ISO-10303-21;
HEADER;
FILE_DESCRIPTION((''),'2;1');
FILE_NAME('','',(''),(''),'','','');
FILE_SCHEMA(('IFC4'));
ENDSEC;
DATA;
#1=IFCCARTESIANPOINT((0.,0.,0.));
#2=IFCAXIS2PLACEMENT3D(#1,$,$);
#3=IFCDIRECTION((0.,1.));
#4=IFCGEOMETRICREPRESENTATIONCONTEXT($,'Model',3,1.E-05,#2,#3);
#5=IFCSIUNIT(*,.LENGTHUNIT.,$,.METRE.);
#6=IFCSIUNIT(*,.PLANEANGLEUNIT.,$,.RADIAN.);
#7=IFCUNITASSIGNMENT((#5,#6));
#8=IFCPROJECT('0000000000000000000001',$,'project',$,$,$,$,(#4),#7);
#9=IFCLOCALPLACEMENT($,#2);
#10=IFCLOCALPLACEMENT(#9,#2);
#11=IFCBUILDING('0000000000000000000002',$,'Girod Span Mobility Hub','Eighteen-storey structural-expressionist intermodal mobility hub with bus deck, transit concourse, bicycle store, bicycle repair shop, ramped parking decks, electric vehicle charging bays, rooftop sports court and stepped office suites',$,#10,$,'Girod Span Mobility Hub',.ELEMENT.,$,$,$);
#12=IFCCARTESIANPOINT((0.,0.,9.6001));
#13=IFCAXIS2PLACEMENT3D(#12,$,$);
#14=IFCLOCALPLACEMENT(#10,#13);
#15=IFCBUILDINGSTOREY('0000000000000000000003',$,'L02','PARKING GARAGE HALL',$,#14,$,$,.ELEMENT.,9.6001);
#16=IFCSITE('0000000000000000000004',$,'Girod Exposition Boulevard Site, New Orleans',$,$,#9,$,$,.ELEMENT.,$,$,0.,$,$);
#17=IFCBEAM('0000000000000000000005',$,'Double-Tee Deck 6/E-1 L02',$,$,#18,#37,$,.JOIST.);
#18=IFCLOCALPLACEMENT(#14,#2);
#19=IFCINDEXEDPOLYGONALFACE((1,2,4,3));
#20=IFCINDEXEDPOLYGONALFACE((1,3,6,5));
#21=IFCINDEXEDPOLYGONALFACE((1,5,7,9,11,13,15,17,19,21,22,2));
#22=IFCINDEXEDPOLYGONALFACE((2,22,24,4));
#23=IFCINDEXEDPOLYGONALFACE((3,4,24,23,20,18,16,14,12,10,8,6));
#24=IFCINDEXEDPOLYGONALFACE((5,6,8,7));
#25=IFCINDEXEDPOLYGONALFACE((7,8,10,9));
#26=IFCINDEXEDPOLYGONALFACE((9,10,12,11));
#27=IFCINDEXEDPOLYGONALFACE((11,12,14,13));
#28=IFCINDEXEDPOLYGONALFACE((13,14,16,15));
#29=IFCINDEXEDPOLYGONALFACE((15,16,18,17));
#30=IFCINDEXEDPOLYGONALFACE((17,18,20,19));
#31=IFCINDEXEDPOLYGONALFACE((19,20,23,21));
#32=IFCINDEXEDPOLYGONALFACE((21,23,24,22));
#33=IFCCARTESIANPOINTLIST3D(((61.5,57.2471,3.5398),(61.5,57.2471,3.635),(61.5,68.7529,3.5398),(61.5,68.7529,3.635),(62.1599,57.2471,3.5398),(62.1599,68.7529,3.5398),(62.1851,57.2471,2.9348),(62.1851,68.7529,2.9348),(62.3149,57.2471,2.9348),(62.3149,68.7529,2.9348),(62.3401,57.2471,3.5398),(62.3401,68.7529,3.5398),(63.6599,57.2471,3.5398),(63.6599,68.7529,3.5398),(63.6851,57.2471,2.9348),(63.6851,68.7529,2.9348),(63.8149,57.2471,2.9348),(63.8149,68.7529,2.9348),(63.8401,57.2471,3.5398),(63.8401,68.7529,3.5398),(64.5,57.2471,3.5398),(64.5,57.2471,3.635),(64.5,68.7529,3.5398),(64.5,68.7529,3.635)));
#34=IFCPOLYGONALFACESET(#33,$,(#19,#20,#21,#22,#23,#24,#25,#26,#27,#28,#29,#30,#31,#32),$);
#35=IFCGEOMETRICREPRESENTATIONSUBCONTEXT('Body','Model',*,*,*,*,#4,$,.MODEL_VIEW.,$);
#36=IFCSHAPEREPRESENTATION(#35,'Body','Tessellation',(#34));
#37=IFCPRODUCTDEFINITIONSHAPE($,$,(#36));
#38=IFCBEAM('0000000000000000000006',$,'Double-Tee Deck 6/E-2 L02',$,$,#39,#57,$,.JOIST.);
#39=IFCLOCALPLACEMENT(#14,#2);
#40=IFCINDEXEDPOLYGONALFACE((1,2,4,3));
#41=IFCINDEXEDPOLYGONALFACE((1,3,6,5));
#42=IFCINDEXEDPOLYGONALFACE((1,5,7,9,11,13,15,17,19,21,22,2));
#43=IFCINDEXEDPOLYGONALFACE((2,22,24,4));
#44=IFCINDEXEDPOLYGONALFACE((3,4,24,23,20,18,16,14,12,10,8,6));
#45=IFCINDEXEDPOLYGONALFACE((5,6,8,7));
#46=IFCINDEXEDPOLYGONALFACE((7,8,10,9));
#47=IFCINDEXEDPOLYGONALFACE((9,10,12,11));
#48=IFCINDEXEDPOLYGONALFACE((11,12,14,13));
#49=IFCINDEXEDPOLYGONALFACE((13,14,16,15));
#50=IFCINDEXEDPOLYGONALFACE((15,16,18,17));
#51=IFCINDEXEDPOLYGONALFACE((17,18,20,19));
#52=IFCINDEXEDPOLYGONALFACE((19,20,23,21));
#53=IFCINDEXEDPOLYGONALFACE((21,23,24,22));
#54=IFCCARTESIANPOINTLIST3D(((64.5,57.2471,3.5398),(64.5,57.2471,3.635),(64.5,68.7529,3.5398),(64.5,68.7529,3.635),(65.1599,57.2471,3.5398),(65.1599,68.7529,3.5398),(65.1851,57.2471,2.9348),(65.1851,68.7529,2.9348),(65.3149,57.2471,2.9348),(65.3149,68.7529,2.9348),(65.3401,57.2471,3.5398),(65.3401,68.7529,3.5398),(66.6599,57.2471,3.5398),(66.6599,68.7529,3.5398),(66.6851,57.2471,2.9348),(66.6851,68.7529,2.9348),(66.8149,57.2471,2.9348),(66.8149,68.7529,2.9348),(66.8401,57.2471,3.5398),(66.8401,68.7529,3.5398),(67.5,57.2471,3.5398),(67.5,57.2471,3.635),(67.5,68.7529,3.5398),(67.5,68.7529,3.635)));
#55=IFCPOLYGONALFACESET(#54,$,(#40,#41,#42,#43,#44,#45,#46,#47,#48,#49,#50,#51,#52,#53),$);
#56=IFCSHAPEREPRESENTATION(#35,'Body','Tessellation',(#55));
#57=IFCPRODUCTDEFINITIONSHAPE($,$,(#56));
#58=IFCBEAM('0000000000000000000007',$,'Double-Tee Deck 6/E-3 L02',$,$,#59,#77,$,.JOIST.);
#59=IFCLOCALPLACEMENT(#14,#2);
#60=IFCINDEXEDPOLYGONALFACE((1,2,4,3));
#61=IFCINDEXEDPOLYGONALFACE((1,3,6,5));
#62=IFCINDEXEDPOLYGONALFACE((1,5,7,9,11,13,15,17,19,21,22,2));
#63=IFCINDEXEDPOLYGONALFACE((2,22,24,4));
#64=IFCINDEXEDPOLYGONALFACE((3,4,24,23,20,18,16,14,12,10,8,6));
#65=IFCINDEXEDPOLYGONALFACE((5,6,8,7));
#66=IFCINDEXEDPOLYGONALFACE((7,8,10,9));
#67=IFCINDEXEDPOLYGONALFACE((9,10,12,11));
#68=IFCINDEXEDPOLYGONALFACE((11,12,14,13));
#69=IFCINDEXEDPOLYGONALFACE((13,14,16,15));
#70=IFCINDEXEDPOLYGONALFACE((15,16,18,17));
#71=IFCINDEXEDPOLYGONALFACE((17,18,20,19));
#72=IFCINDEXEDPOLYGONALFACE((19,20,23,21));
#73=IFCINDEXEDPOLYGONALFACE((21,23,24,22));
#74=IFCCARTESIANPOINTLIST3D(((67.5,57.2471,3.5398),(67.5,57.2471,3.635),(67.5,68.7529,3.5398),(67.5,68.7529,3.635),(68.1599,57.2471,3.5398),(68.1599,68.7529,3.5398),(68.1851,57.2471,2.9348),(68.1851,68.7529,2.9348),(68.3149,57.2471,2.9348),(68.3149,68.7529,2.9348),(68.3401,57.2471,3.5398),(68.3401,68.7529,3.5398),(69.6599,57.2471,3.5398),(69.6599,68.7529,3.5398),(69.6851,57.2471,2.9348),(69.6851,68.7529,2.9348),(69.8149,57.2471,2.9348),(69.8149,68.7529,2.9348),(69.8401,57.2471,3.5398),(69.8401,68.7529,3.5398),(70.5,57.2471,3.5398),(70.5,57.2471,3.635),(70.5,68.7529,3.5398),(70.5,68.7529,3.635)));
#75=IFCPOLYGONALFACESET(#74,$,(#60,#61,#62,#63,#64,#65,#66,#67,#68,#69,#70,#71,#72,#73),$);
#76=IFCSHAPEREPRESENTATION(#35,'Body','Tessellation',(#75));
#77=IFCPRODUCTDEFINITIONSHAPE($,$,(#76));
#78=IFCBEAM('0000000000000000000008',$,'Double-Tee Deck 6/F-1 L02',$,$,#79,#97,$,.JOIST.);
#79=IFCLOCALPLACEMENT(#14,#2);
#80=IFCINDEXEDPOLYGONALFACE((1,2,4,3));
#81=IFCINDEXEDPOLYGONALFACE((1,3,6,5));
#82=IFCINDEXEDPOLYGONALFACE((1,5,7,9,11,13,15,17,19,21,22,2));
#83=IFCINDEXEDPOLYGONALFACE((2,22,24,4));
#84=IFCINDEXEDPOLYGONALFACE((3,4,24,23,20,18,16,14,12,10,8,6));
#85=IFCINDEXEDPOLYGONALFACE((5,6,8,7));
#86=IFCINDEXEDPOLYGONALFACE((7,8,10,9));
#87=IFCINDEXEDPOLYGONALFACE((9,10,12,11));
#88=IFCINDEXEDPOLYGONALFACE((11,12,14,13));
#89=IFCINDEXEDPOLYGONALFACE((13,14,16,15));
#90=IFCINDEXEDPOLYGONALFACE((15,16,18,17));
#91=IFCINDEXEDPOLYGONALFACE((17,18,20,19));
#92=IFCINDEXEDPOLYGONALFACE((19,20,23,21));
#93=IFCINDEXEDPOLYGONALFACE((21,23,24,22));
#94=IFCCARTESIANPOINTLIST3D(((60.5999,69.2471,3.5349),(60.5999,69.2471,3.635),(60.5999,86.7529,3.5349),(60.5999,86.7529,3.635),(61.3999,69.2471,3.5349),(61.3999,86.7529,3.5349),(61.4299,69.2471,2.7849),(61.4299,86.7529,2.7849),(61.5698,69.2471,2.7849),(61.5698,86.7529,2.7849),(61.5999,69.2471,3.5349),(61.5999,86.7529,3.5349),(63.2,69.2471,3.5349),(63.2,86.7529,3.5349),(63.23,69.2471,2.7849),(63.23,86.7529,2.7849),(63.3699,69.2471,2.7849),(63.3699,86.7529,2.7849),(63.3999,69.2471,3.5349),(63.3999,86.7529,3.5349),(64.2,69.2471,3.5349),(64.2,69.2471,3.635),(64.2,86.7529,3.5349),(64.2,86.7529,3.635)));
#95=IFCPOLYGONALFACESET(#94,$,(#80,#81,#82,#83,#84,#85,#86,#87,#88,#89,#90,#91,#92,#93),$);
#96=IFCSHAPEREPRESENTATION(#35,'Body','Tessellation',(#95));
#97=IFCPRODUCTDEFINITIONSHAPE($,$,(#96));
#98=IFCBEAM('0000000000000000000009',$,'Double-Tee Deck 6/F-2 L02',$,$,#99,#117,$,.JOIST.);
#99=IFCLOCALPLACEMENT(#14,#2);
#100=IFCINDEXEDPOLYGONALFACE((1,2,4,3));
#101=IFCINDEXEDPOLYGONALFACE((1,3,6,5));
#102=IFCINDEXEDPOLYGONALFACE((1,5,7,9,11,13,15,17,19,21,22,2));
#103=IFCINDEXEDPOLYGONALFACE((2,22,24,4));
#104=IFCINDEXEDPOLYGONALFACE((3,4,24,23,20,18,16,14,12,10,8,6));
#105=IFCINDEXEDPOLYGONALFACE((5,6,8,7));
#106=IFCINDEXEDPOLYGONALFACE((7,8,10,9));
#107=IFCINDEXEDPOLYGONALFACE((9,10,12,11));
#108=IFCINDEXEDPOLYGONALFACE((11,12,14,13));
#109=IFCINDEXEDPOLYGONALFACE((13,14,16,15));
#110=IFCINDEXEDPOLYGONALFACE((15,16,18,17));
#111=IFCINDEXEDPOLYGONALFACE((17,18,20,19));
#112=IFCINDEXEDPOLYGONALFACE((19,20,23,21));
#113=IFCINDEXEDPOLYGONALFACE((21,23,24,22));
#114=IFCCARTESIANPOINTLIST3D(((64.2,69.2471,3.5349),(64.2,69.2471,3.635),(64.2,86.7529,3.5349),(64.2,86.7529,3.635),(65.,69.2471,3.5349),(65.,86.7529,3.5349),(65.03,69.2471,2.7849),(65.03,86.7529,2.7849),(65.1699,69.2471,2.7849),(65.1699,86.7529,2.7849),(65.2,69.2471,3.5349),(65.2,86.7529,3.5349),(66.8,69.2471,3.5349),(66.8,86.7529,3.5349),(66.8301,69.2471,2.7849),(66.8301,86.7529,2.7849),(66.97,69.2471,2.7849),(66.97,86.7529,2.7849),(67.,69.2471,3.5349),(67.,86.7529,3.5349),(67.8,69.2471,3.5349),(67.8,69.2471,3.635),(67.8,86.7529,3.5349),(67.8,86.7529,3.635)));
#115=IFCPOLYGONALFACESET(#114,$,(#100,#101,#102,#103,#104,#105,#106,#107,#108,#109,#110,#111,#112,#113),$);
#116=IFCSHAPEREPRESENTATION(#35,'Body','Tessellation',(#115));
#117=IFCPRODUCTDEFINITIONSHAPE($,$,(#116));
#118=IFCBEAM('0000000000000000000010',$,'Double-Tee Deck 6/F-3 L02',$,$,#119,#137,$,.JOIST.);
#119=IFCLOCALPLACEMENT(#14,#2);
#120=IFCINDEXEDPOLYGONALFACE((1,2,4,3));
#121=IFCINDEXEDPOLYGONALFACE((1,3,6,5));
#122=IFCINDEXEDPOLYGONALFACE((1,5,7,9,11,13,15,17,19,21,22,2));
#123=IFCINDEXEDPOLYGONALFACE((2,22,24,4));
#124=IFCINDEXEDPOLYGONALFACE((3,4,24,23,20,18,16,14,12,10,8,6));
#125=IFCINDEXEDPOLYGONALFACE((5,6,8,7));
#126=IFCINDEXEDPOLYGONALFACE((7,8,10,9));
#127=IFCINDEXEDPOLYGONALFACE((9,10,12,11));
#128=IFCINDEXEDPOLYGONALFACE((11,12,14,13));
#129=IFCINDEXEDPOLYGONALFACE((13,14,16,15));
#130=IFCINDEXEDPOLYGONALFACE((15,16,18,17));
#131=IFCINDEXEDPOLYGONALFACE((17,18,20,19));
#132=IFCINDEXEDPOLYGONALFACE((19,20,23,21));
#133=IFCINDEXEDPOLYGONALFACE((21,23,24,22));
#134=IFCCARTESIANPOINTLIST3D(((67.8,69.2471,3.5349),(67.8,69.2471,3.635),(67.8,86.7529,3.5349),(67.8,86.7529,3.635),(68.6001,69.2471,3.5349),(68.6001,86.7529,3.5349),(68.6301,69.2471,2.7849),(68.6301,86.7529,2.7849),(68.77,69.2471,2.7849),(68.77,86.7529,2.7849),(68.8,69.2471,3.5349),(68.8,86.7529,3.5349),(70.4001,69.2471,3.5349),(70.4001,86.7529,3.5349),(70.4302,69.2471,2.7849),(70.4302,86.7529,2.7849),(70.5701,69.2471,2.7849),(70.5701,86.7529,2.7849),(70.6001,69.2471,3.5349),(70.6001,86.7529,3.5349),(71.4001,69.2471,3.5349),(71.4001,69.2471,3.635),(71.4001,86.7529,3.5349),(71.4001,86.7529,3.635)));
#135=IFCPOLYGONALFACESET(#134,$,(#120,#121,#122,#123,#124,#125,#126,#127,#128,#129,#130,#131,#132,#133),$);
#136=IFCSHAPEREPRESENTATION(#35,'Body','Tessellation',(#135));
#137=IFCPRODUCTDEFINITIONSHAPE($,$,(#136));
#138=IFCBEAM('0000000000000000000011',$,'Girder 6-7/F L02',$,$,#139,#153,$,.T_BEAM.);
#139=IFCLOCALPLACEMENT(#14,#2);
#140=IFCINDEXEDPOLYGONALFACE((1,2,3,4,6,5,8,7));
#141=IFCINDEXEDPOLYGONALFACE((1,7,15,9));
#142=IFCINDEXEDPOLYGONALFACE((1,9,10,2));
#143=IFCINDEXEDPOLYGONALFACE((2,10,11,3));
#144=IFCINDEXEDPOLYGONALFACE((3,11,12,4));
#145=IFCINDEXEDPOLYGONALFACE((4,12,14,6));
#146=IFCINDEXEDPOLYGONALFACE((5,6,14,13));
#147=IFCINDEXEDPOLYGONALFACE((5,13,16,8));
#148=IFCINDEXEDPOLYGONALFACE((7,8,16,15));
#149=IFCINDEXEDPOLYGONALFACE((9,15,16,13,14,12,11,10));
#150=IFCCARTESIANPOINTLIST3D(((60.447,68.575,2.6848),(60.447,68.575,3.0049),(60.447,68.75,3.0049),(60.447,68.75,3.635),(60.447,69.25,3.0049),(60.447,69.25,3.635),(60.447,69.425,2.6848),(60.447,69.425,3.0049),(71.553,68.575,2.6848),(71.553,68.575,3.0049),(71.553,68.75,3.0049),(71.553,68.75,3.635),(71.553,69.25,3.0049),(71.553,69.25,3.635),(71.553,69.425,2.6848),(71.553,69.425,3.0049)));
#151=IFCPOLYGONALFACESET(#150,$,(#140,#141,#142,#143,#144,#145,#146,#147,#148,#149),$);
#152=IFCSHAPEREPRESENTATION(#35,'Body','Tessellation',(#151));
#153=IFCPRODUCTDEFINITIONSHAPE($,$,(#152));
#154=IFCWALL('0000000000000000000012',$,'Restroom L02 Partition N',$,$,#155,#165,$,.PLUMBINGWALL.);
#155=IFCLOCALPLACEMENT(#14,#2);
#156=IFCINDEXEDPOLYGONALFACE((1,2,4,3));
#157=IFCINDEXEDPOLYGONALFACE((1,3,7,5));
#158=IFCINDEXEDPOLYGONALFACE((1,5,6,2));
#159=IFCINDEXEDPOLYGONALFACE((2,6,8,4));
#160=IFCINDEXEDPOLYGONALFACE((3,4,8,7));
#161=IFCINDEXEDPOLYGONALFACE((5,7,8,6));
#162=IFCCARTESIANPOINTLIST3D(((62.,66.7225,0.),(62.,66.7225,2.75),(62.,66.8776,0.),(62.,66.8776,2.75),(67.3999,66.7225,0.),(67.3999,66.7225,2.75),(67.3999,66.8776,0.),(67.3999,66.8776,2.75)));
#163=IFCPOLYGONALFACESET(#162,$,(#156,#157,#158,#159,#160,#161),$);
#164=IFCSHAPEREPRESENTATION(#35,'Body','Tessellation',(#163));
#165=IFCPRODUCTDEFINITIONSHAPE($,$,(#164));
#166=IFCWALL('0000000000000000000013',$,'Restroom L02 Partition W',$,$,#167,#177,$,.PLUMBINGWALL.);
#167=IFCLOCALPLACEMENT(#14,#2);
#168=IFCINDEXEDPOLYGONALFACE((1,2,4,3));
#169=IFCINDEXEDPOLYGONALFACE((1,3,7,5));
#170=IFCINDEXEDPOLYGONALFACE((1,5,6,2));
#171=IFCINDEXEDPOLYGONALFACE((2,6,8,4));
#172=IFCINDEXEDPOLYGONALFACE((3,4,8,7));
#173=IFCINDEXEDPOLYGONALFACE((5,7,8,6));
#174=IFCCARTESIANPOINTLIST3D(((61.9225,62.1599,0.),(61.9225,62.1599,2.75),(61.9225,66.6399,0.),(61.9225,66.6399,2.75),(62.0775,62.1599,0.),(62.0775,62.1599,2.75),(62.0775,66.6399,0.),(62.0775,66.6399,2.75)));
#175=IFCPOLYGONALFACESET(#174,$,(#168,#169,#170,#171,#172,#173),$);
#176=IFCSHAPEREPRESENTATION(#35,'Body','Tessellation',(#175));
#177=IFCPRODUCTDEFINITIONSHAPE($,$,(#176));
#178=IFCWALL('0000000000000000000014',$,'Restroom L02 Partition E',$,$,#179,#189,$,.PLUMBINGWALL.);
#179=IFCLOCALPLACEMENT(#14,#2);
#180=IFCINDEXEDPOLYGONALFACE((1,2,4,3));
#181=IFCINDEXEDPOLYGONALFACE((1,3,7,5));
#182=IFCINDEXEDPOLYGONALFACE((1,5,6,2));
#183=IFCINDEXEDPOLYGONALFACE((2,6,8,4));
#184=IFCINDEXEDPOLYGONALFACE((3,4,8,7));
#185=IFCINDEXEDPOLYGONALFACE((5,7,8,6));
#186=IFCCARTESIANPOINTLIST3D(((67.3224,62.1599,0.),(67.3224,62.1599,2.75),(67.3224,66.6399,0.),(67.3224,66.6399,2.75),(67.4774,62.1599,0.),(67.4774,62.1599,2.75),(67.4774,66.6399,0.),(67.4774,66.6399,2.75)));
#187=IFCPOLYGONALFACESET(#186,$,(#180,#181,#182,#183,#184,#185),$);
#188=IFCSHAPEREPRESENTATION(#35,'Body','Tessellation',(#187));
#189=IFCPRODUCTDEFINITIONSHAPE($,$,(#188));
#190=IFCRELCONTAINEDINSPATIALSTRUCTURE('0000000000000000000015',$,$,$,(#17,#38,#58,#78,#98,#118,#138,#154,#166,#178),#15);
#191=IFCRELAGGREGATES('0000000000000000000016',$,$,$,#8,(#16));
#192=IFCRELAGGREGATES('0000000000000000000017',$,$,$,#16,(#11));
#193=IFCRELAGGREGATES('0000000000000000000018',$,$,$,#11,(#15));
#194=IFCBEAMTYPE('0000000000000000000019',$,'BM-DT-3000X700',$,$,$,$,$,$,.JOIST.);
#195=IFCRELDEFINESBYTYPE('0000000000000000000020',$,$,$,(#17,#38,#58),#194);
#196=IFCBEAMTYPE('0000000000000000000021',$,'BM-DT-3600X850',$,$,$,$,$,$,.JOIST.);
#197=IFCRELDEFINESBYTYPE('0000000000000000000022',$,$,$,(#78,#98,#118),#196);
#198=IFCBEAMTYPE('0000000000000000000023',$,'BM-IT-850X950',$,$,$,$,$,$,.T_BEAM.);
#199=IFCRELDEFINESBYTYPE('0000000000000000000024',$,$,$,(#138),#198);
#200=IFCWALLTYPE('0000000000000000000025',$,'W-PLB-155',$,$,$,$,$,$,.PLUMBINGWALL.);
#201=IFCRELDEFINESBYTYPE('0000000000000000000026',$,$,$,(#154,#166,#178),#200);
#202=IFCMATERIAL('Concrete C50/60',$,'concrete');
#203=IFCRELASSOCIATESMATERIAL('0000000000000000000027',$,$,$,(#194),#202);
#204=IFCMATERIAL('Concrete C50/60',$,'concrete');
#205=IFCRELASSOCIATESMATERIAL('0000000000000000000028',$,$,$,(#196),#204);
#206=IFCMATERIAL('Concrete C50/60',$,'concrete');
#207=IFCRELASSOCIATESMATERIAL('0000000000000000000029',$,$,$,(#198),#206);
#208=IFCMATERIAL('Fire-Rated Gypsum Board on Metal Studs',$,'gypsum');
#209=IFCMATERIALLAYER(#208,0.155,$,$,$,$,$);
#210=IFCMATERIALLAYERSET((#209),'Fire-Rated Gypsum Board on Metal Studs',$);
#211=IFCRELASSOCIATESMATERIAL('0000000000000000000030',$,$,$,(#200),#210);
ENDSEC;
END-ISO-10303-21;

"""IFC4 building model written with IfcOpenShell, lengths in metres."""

from ifc_helpers import new_model, si_unit, direction, frame, frame_2d, origin, place, context, subcontext, project, spatial, polyline, rectangle, outline, extrude, material, layer, layer_set, material_profile, profile_set, type_object, element, save


model = new_model("IFC4")

# Units and contexts
model_context = context("Model", 3, precision=1e-05, world=origin(), true_north=direction((0.0, 1.0)))
body_context = subcontext(model_context, "Body", "Model", "MODEL_VIEW")
ifc_project = project(units=[si_unit("LENGTHUNIT", "METRE"), si_unit("PLANEANGLEUNIT", "RADIAN")], contexts=[model_context])

# Site, building, storey
site_placement = place(None, origin())
site = spatial("IfcSite", under=ifc_project, at=site_placement, Name="Girod Exposition Boulevard Site, New Orleans", CompositionType="ELEMENT", RefElevation=0.0)
building_placement = place(site_placement, origin())
building = spatial("IfcBuilding", under=site, at=building_placement, Name="Girod Span Mobility Hub", Description="Eighteen-storey structural-expressionist intermodal mobility hub with bus deck, transit concourse, bicycle store, bicycle repair shop, ramped parking decks, electric vehicle charging bays, rooftop sports court and stepped office suites", LongName="Girod Span Mobility Hub", CompositionType="ELEMENT")
storey_placement = place(building_placement, frame((0.0, 0.0, 9.6001)))
storey = spatial("IfcBuildingStorey", under=building, at=storey_placement, Name="L02", Description="PARKING GARAGE HALL", CompositionType="ELEMENT", Elevation=9.6001)

# Beams
ifc_material_1 = material(Name="Concrete C50/60", Category="concrete")
ifc_material_profile_1 = material_profile(ifc_material_1, outline(polyline([(-1.5, 0.3501), (-1.5, 0.2549), (-0.8401, 0.2549), (-0.8149, -0.3501), (-0.6851, -0.3501), (-0.6599, 0.2549), (0.6599, 0.2549), (0.6851, -0.3501), (0.8149, -0.3501), (0.8401, 0.2549), (1.5, 0.2549), (1.5, 0.3501), (-1.5, 0.3501)])), Name="DT-3000X700")
ifc_profile_set_1 = profile_set([ifc_material_profile_1], Name="Concrete C50/60")
beam_type_1 = type_object("IfcBeamType", Name="BM-DT-3000X700", PredefinedType="JOIST", material=ifc_profile_set_1)
for number, where, z_axis, x_axis, name in (
    (1, (63.0, 57.2471, 3.2849), (0.0, 1.0, 0.0), (-1.0, 0.0, 0.0), "Double-Tee Deck 6/E-1 L02"),
    (2, (66.0, 57.2471, 3.2849), (0.0, 1.0, 0.0), (-1.0, 0.0, 0.0), "Double-Tee Deck 6/E-2 L02"),
    (3, (69.0, 57.2471, 3.2849), (0.0, 1.0, 0.0), (-1.0, 0.0, 0.0), "Double-Tee Deck 6/E-3 L02"),
):
    element("IfcBeam", number, at=place(storey_placement, frame(where, z_axis=z_axis, x_axis=x_axis)), inside=storey, type_object=beam_type_1, Name=name, PredefinedType="JOIST", context=body_context, shape_type="SweptSolid", body=[
        extrude(outline(polyline([(-1.5, 0.3501), (-1.5, 0.2549), (-0.8401, 0.2549), (-0.8149, -0.3501), (-0.6851, -0.3501), (-0.6599, 0.2549), (0.6599, 0.2549), (0.6851, -0.3501), (0.8149, -0.3501), (0.8401, 0.2549), (1.5, 0.2549), (1.5, 0.3501), (-1.5, 0.3501)])), origin(), (0.0, 0.0, 1.0), 11.5059),
    ])
ifc_material_2 = material(Name="Concrete C50/60", Category="concrete")
ifc_material_profile_2 = material_profile(ifc_material_2, outline(polyline([(-1.8, 0.425), (-1.8, 0.325), (-1.0, 0.325), (-0.97, -0.425), (-0.8301, -0.425), (-0.8, 0.325), (0.8, 0.325), (0.8301, -0.425), (0.97, -0.425), (1.0, 0.325), (1.8, 0.325), (1.8, 0.425), (-1.8, 0.425)])), Name="DT-3600X850")
ifc_profile_set_2 = profile_set([ifc_material_profile_2], Name="Concrete C50/60")
beam_type_2 = type_object("IfcBeamType", Name="BM-DT-3600X850", PredefinedType="JOIST", material=ifc_profile_set_2)
for number, where, z_axis, x_axis, name in (
    (4, (62.3999, 69.2471, 3.21), (0.0, 1.0, 0.0), (-1.0, 0.0, 0.0), "Double-Tee Deck 6/F-1 L02"),
    (5, (66.0, 69.2471, 3.21), (0.0, 1.0, 0.0), (-1.0, 0.0, 0.0), "Double-Tee Deck 6/F-2 L02"),
    (6, (69.6001, 69.2471, 3.21), (0.0, 1.0, 0.0), (-1.0, 0.0, 0.0), "Double-Tee Deck 6/F-3 L02"),
):
    element("IfcBeam", number, at=place(storey_placement, frame(where, z_axis=z_axis, x_axis=x_axis)), inside=storey, type_object=beam_type_2, Name=name, PredefinedType="JOIST", context=body_context, shape_type="SweptSolid", body=[
        extrude(outline(polyline([(-1.8, 0.425), (-1.8, 0.325), (-1.0, 0.325), (-0.97, -0.425), (-0.8301, -0.425), (-0.8, 0.325), (0.8, 0.325), (0.8301, -0.425), (0.97, -0.425), (1.0, 0.325), (1.8, 0.325), (1.8, 0.425), (-1.8, 0.425)])), origin(), (0.0, 0.0, 1.0), 17.5059),
    ])
ifc_material_3 = material(Name="Concrete C50/60", Category="concrete")
ifc_material_profile_3 = material_profile(ifc_material_3, outline(polyline([(-0.425, -0.4751), (0.425, -0.4751), (0.425, -0.155), (0.25, -0.155), (0.25, 0.4751), (-0.25, 0.4751), (-0.25, -0.155), (-0.425, -0.155), (-0.425, -0.4751)])), Name="IT-850X950")
ifc_profile_set_3 = profile_set([ifc_material_profile_3], Name="Concrete C50/60")
beam_type_3 = type_object("IfcBeamType", Name="BM-IT-850X950", PredefinedType="T_BEAM", material=ifc_profile_set_3)
beam_placement = place(storey_placement, frame((60.447, 69.0, 3.1599), z_axis=(1.0, 0.0, 0.0), x_axis=(0.0, 1.0, 0.0)))
element("IfcBeam", 7, at=beam_placement, inside=storey, type_object=beam_type_3, Name="Girder 6-7/F L02", PredefinedType="T_BEAM", context=body_context, shape_type="SweptSolid", body=[
    extrude(outline(polyline([(-0.425, -0.4751), (0.425, -0.4751), (0.425, -0.155), (0.25, -0.155), (0.25, 0.4751), (-0.25, 0.4751), (-0.25, -0.155), (-0.425, -0.155), (-0.425, -0.4751)])), origin(), (0.0, 0.0, 1.0), 11.106),
])

# Shared definitions
ifc_material_4 = material(Name="Fire-Rated Gypsum Board on Metal Studs", Category="gypsum")
ifc_layer_1 = layer(ifc_material_4, 0.155)
ifc_layer_set_1 = layer_set([ifc_layer_1], Name="Fire-Rated Gypsum Board on Metal Studs")
wall_type_1 = type_object("IfcWallType", Name="W-PLB-155", PredefinedType="PLUMBINGWALL", material=ifc_layer_set_1)

# Walls
wall_1_placement = place(storey_placement, frame((62.0, 66.8, 0.0), z_axis=(0.0, 0.0, 1.0), x_axis=(1.0, 0.0, 0.0)))
element("IfcWall", 8, at=wall_1_placement, inside=storey, type_object=wall_type_1, Name="Restroom L02 Partition N", PredefinedType="PLUMBINGWALL", context=body_context, shape_type="SweptSolid", body=[
    extrude(rectangle(XDim=5.3999, YDim=0.155, at=frame_2d((2.7, 0.0))), origin(), (0.0, 0.0, 1.0), 2.75),
])
for number, where, z_axis, x_axis, name in (
    (9, (62.0, 62.1599, 0.0), (0.0, 0.0, 1.0), (0.0, 1.0, 0.0), "Restroom L02 Partition W"),
    (10, (67.3999, 62.1599, 0.0), (0.0, 0.0, 1.0), (0.0, 1.0, 0.0), "Restroom L02 Partition E"),
):
    element("IfcWall", number, at=place(storey_placement, frame(where, z_axis=z_axis, x_axis=x_axis)), inside=storey, type_object=wall_type_1, Name=name, PredefinedType="PLUMBINGWALL", context=body_context, shape_type="SweptSolid", body=[
        extrude(rectangle(XDim=4.48, YDim=0.155, at=frame_2d((2.24, 0.0))), origin(), (0.0, 0.0, 1.0), 2.75),
    ])

save(model, "model.ifc")
